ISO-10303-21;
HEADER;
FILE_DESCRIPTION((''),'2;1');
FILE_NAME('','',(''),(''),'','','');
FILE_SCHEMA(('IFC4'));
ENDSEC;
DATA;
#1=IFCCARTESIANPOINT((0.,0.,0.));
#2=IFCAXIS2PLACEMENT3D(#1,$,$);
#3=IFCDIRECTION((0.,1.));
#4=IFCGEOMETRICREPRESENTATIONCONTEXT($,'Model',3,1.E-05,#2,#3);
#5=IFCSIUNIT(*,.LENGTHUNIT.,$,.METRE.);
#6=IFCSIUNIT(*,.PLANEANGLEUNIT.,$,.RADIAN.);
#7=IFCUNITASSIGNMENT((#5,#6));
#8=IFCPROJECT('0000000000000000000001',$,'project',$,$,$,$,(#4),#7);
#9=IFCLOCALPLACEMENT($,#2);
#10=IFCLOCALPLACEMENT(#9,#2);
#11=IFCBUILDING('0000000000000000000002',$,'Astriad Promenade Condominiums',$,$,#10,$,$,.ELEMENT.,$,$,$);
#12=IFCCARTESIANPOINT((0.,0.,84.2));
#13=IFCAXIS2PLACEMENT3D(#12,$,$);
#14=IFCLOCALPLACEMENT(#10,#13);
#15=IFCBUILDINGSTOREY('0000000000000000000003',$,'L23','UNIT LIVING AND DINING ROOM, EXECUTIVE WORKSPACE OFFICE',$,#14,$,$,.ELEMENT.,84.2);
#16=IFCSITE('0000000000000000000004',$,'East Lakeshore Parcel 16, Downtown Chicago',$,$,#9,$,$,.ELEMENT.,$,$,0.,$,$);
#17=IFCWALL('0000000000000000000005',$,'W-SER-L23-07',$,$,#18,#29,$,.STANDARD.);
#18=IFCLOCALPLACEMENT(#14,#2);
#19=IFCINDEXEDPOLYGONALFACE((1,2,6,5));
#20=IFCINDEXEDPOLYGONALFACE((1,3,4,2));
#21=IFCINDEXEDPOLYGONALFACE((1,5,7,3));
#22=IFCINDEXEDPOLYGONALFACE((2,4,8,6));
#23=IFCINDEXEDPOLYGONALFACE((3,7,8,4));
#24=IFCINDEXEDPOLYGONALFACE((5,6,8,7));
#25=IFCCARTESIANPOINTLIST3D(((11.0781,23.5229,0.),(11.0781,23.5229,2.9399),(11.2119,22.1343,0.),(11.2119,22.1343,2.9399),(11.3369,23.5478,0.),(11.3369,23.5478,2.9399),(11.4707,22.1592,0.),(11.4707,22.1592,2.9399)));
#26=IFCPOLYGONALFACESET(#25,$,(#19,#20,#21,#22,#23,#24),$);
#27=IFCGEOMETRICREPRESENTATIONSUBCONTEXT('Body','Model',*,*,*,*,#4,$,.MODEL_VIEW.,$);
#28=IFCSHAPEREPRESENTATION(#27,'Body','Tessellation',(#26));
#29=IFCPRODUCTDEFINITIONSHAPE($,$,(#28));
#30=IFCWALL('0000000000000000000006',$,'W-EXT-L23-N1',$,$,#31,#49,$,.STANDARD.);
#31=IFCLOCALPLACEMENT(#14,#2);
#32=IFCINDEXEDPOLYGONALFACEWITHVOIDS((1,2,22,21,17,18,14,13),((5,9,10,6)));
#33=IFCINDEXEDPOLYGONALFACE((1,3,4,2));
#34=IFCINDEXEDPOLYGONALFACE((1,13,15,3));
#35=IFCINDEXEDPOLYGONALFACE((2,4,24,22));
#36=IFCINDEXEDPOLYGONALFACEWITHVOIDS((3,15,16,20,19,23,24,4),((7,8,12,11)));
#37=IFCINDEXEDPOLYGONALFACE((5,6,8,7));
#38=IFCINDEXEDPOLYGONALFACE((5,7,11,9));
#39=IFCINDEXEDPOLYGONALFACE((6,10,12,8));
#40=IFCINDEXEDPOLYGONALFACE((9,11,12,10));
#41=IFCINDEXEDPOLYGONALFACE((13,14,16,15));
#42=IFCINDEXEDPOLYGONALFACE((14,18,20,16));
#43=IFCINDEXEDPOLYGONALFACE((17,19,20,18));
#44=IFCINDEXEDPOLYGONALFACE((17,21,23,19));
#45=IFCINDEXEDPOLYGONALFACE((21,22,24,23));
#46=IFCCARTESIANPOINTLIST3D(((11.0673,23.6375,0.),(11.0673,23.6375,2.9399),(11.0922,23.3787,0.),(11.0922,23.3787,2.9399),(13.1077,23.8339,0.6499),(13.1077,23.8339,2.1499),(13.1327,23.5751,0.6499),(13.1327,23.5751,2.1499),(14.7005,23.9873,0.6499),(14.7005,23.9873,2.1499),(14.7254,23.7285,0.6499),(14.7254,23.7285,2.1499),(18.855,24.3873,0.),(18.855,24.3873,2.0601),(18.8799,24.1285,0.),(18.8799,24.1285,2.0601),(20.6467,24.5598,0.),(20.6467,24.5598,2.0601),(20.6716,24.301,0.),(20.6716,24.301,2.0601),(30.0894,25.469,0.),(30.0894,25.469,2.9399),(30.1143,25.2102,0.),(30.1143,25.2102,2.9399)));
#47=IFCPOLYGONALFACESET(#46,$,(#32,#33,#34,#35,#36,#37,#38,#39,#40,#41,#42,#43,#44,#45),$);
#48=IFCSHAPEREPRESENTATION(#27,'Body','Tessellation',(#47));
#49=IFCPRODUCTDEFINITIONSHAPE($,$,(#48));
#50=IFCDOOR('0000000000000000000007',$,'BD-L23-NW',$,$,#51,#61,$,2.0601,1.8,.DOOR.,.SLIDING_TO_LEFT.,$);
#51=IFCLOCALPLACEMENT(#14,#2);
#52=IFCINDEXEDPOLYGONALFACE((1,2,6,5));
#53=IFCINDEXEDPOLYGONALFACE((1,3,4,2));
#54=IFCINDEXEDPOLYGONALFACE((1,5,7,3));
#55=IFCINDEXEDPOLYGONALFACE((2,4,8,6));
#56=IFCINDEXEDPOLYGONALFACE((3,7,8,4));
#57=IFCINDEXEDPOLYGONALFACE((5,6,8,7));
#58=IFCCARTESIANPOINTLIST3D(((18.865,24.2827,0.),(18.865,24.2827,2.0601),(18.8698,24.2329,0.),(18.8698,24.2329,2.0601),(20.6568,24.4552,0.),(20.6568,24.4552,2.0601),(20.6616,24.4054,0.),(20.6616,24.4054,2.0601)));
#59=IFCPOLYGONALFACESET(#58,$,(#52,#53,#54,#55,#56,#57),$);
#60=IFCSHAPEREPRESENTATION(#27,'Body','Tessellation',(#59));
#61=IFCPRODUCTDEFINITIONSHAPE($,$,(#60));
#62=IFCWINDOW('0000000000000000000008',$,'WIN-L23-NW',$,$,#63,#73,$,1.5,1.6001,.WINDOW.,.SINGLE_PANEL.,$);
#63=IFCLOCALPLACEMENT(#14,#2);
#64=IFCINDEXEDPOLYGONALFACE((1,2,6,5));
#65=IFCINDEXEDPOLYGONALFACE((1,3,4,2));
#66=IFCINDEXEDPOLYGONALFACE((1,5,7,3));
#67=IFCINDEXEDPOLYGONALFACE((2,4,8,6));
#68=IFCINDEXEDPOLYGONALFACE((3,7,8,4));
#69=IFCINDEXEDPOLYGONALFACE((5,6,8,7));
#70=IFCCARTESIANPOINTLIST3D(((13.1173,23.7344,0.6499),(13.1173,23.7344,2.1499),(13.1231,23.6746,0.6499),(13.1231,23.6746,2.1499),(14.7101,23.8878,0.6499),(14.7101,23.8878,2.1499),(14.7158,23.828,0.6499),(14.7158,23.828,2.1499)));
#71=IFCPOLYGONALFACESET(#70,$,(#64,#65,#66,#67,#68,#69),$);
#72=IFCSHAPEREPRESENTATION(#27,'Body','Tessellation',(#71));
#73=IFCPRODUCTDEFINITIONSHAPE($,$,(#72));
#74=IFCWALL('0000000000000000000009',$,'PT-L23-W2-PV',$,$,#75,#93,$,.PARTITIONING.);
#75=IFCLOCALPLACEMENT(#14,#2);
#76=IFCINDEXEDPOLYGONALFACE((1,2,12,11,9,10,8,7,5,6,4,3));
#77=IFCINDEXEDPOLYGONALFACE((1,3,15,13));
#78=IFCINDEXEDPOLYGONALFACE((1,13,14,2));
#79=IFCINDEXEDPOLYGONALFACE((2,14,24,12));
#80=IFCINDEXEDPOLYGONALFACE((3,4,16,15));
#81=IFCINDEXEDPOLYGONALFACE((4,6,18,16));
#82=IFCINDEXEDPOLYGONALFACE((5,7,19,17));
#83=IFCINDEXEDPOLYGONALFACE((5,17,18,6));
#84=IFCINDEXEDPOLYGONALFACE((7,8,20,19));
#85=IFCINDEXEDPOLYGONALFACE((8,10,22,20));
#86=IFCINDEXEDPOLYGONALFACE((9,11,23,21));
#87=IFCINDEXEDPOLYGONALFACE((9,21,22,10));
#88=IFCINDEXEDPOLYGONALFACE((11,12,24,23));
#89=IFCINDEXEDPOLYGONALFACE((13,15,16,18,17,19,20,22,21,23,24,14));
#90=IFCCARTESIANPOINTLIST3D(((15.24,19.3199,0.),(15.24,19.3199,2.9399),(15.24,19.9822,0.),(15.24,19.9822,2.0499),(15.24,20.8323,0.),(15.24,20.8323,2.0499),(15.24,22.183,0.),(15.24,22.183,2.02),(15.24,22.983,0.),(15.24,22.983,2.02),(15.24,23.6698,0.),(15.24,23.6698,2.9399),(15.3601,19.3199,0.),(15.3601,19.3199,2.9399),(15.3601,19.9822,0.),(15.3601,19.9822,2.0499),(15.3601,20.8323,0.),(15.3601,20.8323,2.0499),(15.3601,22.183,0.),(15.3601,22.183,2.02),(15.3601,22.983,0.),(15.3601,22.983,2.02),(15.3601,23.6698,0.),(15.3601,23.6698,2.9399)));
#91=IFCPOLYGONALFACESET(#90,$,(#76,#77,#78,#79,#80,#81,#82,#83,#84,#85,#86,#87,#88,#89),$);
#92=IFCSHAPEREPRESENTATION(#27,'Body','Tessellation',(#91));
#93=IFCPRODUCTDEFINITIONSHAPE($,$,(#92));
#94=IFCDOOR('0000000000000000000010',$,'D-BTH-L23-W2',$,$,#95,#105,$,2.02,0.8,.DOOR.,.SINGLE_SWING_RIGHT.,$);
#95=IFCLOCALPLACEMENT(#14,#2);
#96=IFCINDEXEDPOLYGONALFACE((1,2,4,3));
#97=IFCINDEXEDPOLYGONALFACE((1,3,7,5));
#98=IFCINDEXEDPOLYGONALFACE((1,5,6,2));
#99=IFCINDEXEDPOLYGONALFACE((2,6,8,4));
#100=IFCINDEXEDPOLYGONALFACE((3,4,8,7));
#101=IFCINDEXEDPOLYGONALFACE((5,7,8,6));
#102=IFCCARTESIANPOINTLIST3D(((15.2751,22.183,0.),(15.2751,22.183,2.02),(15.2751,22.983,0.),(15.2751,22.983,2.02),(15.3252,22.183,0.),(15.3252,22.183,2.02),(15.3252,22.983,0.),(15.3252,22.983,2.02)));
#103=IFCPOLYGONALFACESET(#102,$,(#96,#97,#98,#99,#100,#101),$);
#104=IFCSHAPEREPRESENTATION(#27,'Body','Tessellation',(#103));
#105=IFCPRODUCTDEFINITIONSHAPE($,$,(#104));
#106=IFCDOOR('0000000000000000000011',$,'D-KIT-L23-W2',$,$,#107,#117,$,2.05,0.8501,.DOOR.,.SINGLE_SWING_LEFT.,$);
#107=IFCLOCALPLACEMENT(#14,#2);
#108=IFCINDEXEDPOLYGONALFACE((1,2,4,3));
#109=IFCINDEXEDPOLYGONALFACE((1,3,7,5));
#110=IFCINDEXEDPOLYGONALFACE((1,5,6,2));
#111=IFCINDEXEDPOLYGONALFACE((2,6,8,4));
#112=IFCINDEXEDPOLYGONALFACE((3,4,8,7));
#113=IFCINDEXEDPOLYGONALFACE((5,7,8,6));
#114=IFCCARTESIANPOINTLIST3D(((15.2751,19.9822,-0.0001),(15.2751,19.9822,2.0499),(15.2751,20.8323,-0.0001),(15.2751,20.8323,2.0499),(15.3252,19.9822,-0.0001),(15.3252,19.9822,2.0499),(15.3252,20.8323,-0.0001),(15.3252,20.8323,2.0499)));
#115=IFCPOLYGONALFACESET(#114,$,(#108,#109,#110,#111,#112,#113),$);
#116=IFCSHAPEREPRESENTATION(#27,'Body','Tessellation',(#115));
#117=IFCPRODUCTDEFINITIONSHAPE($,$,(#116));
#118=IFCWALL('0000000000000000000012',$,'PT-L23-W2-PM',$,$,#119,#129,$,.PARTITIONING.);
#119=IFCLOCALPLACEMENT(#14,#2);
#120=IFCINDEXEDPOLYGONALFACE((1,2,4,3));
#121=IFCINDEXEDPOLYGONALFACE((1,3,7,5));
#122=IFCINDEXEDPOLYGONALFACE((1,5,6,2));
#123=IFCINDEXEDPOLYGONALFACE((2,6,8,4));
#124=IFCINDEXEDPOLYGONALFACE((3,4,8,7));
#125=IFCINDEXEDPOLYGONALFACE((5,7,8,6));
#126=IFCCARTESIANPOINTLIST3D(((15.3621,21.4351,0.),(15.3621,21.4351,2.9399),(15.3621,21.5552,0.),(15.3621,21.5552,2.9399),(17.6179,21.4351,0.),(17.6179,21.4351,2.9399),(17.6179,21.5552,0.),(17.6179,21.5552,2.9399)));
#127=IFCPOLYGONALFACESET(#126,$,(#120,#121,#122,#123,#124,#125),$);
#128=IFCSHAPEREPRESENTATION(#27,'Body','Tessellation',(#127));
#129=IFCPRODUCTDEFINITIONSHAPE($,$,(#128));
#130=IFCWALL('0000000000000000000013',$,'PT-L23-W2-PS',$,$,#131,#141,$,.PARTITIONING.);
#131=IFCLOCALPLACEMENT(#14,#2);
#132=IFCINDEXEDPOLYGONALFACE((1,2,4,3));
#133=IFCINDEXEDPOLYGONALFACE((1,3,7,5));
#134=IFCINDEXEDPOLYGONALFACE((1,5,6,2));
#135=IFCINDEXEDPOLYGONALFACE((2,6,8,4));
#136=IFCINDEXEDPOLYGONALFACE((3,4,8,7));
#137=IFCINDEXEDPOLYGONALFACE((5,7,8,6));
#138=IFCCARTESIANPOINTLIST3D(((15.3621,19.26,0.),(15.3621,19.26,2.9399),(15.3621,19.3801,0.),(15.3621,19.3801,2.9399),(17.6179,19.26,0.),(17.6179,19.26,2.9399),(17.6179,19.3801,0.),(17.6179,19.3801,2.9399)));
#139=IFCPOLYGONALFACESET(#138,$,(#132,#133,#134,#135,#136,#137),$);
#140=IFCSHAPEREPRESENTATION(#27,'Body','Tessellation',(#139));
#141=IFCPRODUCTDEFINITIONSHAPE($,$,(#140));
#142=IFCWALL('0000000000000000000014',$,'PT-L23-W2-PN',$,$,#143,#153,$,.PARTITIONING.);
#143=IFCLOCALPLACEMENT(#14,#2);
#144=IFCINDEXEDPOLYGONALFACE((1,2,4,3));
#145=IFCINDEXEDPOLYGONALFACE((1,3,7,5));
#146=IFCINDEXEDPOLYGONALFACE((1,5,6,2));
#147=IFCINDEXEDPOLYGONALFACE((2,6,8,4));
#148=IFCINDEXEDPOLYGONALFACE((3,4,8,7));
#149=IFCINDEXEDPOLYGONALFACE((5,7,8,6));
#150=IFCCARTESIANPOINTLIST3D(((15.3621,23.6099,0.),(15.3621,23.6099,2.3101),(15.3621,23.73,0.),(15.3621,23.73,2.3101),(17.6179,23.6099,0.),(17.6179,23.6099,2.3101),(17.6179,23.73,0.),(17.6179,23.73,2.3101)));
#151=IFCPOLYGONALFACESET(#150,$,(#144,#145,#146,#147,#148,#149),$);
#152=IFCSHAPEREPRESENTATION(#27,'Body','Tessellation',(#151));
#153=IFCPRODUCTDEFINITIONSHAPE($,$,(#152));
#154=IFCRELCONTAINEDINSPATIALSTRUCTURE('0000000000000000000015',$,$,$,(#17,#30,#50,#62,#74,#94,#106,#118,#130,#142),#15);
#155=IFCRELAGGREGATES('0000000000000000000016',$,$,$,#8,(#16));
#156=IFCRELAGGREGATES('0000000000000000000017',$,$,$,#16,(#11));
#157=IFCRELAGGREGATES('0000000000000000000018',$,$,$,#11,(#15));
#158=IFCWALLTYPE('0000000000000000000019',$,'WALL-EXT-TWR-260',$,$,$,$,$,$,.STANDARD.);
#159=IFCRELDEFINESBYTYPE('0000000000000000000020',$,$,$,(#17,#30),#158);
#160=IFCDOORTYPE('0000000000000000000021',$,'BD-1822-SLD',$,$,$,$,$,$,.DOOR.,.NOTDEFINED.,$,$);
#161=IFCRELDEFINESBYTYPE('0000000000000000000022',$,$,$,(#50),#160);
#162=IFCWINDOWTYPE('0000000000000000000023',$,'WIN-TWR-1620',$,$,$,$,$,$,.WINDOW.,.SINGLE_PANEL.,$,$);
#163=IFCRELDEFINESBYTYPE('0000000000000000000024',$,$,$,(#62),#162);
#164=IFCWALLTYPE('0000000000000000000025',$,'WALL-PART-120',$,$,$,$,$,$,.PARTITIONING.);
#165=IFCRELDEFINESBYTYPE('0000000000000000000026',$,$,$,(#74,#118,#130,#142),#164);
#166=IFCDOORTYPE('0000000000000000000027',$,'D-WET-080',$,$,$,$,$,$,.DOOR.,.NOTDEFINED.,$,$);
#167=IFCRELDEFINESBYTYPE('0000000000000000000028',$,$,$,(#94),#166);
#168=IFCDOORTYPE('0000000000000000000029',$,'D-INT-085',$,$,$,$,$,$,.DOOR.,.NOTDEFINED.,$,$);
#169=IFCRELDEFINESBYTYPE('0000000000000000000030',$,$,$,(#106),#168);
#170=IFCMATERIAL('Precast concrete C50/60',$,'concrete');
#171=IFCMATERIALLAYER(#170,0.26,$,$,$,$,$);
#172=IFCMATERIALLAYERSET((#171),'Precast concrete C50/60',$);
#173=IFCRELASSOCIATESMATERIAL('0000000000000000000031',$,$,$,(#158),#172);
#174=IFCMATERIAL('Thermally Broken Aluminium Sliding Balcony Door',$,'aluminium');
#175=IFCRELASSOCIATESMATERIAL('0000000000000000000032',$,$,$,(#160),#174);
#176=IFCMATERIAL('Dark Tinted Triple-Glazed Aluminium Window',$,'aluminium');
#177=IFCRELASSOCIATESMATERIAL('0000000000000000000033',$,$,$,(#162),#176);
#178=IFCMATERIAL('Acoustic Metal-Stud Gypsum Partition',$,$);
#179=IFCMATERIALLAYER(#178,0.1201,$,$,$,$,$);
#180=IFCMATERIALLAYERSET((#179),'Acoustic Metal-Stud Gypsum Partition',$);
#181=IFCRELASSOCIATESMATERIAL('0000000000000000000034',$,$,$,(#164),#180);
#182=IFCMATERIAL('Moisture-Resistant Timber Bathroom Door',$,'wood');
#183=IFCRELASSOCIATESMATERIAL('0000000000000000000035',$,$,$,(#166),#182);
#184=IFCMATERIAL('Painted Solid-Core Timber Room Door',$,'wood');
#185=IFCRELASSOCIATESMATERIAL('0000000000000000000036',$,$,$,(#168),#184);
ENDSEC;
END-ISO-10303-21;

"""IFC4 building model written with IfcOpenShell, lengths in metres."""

from ifc_helpers import new_model, si_unit, direction, frame, frame_2d, origin, place, context, subcontext, project, spatial, rectangle, extrude, source, transform, mapped, material, layer, layer_set, type_object, type_shapes, element, fill, save


model = new_model("IFC4")

# Units and contexts
model_context = context("Model", 3, precision=1e-05, world=origin(), true_north=direction((0.0, 1.0)))
body_context = subcontext(model_context, "Body", "Model", "MODEL_VIEW")
ifc_project = project(units=[si_unit("LENGTHUNIT", "METRE"), si_unit("PLANEANGLEUNIT", "RADIAN")], contexts=[model_context])

# Site, building, storey
site_placement = place(None, origin())
site = spatial("IfcSite", under=ifc_project, at=site_placement, Name="East Lakeshore Parcel 16, Downtown Chicago", CompositionType="ELEMENT", RefElevation=0.0)
building_placement = place(site_placement, origin())
building = spatial("IfcBuilding", under=site, at=building_placement, Name="Astriad Promenade Condominiums", CompositionType="ELEMENT")
storey_placement = place(building_placement, frame((0.0, 0.0, 84.2)))
storey = spatial("IfcBuildingStorey", under=building, at=storey_placement, Name="L23", Description="UNIT LIVING AND DINING ROOM, EXECUTIVE WORKSPACE OFFICE", CompositionType="ELEMENT", Elevation=84.2)

# Wall
ifc_material_1 = material(Name="Precast concrete C50/60", Category="concrete")
ifc_layer_1 = layer(ifc_material_1, 0.26)
ifc_layer_set_1 = layer_set([ifc_layer_1], Name="Precast concrete C50/60")
wall_type_1 = type_object("IfcWallType", Name="WALL-EXT-TWR-260", PredefinedType="STANDARD", material=ifc_layer_set_1)
wall_1_placement = place(storey_placement, frame((11.3413, 22.1467, 0.0), z_axis=(0.0, 0.0, 1.0), x_axis=(-0.095899, 0.995391, 0.0)))
element("IfcWall", 1, at=wall_1_placement, inside=storey, type_object=wall_type_1, Name="W-SER-L23-07", PredefinedType="STANDARD", context=body_context, shape_type="SweptSolid", body=[
    extrude(rectangle(XDim=1.395, YDim=0.26, at=frame_2d((0.6975, 0.0))), origin(), (0.0, 0.0, 1.0), 2.9399),
])

# Wall, openings, door, window
wall_2_placement = place(storey_placement, frame((11.0796, 23.5081, 0.0), z_axis=(0.0, 0.0, 1.0), x_axis=(0.995397, 0.095841, 0.0)))
wall_2 = element("IfcWall", 2, at=wall_2_placement, inside=storey, type_object=wall_type_1, Name="W-EXT-L23-N1", PredefinedType="STANDARD", context=body_context, shape_type="SweptSolid", body=[
    extrude(rectangle(XDim=19.1101, YDim=0.26, at=frame_2d((9.5552, 0.0))), origin(), (0.0, 0.0, 1.0), 2.9399),
])
opening_1_placement = place(wall_2_placement, frame((7.824, 0.0, 0.0)))
opening_1 = element("IfcOpeningElement", 3, at=opening_1_placement, cuts=wall_2, PredefinedType="OPENING", context=body_context, shape_type="SweptSolid", body=[
    extrude(rectangle(XDim=1.8, YDim=2.0601, at=frame_2d((0.8999, 1.03))), frame((0.0, 0.1399, 0.0), z_axis=(0.0, -1.0, 0.0), x_axis=(1.0, 0.0, 0.0)), (0.0, 0.0, 1.0), 0.28),
])
opening_2_placement = place(wall_2_placement, frame((2.05, 0.0, 0.6499)))
opening_2 = element("IfcOpeningElement", 4, at=opening_2_placement, cuts=wall_2, PredefinedType="OPENING", context=body_context, shape_type="SweptSolid", body=[
    extrude(rectangle(XDim=1.6001, YDim=1.5, at=frame_2d((0.8, 0.75))), frame((0.0, 0.1399, 0.0), z_axis=(0.0, -1.0, 0.0), x_axis=(1.0, 0.0, 0.0)), (0.0, 0.0, 1.0), 0.28),
])
ifc_material_2 = material(Name="Thermally Broken Aluminium Sliding Balcony Door", Category="aluminium")
door_type_1 = type_object("IfcDoorType", Name="BD-1822-SLD", OperationType="NOTDEFINED", PredefinedType="DOOR", material=ifc_material_2)
shared_shape_1 = source(origin(), body_context, "Body", "SweptSolid", [
    extrude(rectangle(XDim=1.8, YDim=2.0601, at=frame_2d((0.8999, 1.03))), frame((0.0, 0.0249, 0.0), z_axis=(0.0, -1.0, 0.0), x_axis=(1.0, 0.0, 0.0)), (0.0, 0.0, 1.0), 0.05),
])
type_shapes(door_type_1, [shared_shape_1])
door_1_placement = place(opening_1_placement, origin())
door_1 = element("IfcDoor", 5, at=door_1_placement, inside=storey, type_object=door_type_1, Name="BD-L23-NW", OperationType="SLIDING_TO_LEFT", OverallHeight=2.0601, OverallWidth=1.8, PredefinedType="DOOR", context=body_context, shape_type="MappedRepresentation", body=[
    mapped(shared_shape_1, transform((0.0, 0.0, 0.0), scale=1.0)),
])
fill(opening_1, door_1)
ifc_material_3 = material(Name="Dark Tinted Triple-Glazed Aluminium Window", Category="aluminium")
window_type = type_object("IfcWindowType", Name="WIN-TWR-1620", PartitioningType="SINGLE_PANEL", PredefinedType="WINDOW", material=ifc_material_3)
shared_shape_2 = source(origin(), body_context, "Body", "SweptSolid", [
    extrude(rectangle(XDim=1.6001, YDim=1.5, at=frame_2d((0.8, 0.75))), frame((0.0, 0.03, 0.0), z_axis=(0.0, -1.0, 0.0), x_axis=(1.0, 0.0, 0.0)), (0.0, 0.0, 1.0), 0.0601),
])
type_shapes(window_type, [shared_shape_2])
window_placement = place(opening_2_placement, origin())
window = element("IfcWindow", 6, at=window_placement, inside=storey, type_object=window_type, Name="WIN-L23-NW", OverallHeight=1.5, OverallWidth=1.6001, PartitioningType="SINGLE_PANEL", PredefinedType="WINDOW", context=body_context, shape_type="MappedRepresentation", body=[
    mapped(shared_shape_2, transform((0.0, 0.0, 0.0), scale=1.0)),
])
fill(opening_2, window)

# Wall, openings, doors
ifc_material_4 = material(Name="Acoustic Metal-Stud Gypsum Partition")
ifc_layer_2 = layer(ifc_material_4, 0.1201)
ifc_layer_set_2 = layer_set([ifc_layer_2], Name="Acoustic Metal-Stud Gypsum Partition")
wall_type_2 = type_object("IfcWallType", Name="WALL-PART-120", PredefinedType="PARTITIONING", material=ifc_layer_set_2)
wall_3_placement = place(storey_placement, frame((15.3, 19.3201, 0.0), z_axis=(0.0, 0.0, 1.0), x_axis=(0.0, 1.0, 0.0)))
wall_3 = element("IfcWall", 7, at=wall_3_placement, inside=storey, type_object=wall_type_2, Name="PT-L23-W2-PV", PredefinedType="PARTITIONING", context=body_context, shape_type="SweptSolid", body=[
    extrude(rectangle(XDim=4.3499, YDim=0.1201, at=frame_2d((2.1748, 0.0))), origin(), (0.0, 0.0, 1.0), 2.9399),
])
opening_3_placement = place(wall_3_placement, frame((0.6621, 0.0, 0.0)))
opening_3 = element("IfcOpeningElement", 8, at=opening_3_placement, cuts=wall_3, PredefinedType="OPENING", context=body_context, shape_type="SweptSolid", body=[
    extrude(rectangle(XDim=0.8501, YDim=2.05, at=frame_2d((0.425, 1.0249))), frame((0.0, 0.0701, 0.0), z_axis=(0.0, -1.0, 0.0), x_axis=(1.0, 0.0, 0.0)), (0.0, 0.0, 1.0), 0.1401),
])
opening_4_placement = place(wall_3_placement, frame((2.863, 0.0, 0.0)))
opening_4 = element("IfcOpeningElement", 9, at=opening_4_placement, cuts=wall_3, PredefinedType="OPENING", context=body_context, shape_type="SweptSolid", body=[
    extrude(rectangle(XDim=0.8, YDim=2.02, at=frame_2d((0.3999, 1.01))), frame((0.0, 0.0701, 0.0), z_axis=(0.0, -1.0, 0.0), x_axis=(1.0, 0.0, 0.0)), (0.0, 0.0, 1.0), 0.1401),
])
ifc_material_5 = material(Name="Moisture-Resistant Timber Bathroom Door", Category="wood")
door_type_2 = type_object("IfcDoorType", Name="D-WET-080", OperationType="NOTDEFINED", PredefinedType="DOOR", material=ifc_material_5)
shared_shape_3 = source(origin(), body_context, "Body", "SweptSolid", [
    extrude(rectangle(XDim=0.8, YDim=2.02, at=frame_2d((0.3999, 1.01))), frame((0.0, 0.0249, 0.0), z_axis=(0.0, -1.0, 0.0), x_axis=(1.0, 0.0, 0.0)), (0.0, 0.0, 1.0), 0.05),
])
type_shapes(door_type_2, [shared_shape_3])
door_2_placement = place(opening_4_placement, origin())
door_2 = element("IfcDoor", 10, at=door_2_placement, inside=storey, type_object=door_type_2, Name="D-BTH-L23-W2", OperationType="SINGLE_SWING_RIGHT", OverallHeight=2.02, OverallWidth=0.8, PredefinedType="DOOR", context=body_context, shape_type="MappedRepresentation", body=[
    mapped(shared_shape_3, transform((0.0, 0.0, 0.0), scale=1.0)),
])
fill(opening_4, door_2)
ifc_material_6 = material(Name="Painted Solid-Core Timber Room Door", Category="wood")
door_type_3 = type_object("IfcDoorType", Name="D-INT-085", OperationType="NOTDEFINED", PredefinedType="DOOR", material=ifc_material_6)
shared_shape_4 = source(origin(), body_context, "Body", "SweptSolid", [
    extrude(rectangle(XDim=0.8501, YDim=2.05, at=frame_2d((0.425, 1.0249))), frame((0.0, 0.0249, 0.0), z_axis=(0.0, -1.0, 0.0), x_axis=(1.0, 0.0, 0.0)), (0.0, 0.0, 1.0), 0.05),
])
type_shapes(door_type_3, [shared_shape_4])
door_3_placement = place(opening_3_placement, origin())
door_3 = element("IfcDoor", 11, at=door_3_placement, inside=storey, type_object=door_type_3, Name="D-KIT-L23-W2", OperationType="SINGLE_SWING_LEFT", OverallHeight=2.05, OverallWidth=0.8501, PredefinedType="DOOR", context=body_context, shape_type="MappedRepresentation", body=[
    mapped(shared_shape_4, transform((0.0, 0.0, 0.0), scale=1.0)),
])
fill(opening_3, door_3)

# Walls
for number, where, z_axis, x_axis, name in (
    (12, (15.3621, 21.4951, 0.0), (0.0, 0.0, 1.0), (1.0, 0.0, 0.0), "PT-L23-W2-PM"),
    (13, (15.3621, 19.3201, 0.0), (0.0, 0.0, 1.0), (1.0, 0.0, 0.0), "PT-L23-W2-PS"),
):
    element("IfcWall", number, at=place(storey_placement, frame(where, z_axis=z_axis, x_axis=x_axis)), inside=storey, type_object=wall_type_2, Name=name, PredefinedType="PARTITIONING", context=body_context, shape_type="SweptSolid", body=[
        extrude(rectangle(XDim=2.2559, YDim=0.1201, at=frame_2d((1.1279, 0.0))), origin(), (0.0, 0.0, 1.0), 2.9399),
    ])
wall_4_placement = place(storey_placement, frame((15.3621, 23.6699, 0.0), z_axis=(0.0, 0.0, 1.0), x_axis=(1.0, 0.0, 0.0)))
element("IfcWall", 14, at=wall_4_placement, inside=storey, type_object=wall_type_2, Name="PT-L23-W2-PN", PredefinedType="PARTITIONING", context=body_context, shape_type="SweptSolid", body=[
    extrude(rectangle(XDim=2.2559, YDim=0.1201, at=frame_2d((1.1279, 0.0))), origin(), (0.0, 0.0, 1.0), 2.3101),
])

save(model, "model.ifc")
